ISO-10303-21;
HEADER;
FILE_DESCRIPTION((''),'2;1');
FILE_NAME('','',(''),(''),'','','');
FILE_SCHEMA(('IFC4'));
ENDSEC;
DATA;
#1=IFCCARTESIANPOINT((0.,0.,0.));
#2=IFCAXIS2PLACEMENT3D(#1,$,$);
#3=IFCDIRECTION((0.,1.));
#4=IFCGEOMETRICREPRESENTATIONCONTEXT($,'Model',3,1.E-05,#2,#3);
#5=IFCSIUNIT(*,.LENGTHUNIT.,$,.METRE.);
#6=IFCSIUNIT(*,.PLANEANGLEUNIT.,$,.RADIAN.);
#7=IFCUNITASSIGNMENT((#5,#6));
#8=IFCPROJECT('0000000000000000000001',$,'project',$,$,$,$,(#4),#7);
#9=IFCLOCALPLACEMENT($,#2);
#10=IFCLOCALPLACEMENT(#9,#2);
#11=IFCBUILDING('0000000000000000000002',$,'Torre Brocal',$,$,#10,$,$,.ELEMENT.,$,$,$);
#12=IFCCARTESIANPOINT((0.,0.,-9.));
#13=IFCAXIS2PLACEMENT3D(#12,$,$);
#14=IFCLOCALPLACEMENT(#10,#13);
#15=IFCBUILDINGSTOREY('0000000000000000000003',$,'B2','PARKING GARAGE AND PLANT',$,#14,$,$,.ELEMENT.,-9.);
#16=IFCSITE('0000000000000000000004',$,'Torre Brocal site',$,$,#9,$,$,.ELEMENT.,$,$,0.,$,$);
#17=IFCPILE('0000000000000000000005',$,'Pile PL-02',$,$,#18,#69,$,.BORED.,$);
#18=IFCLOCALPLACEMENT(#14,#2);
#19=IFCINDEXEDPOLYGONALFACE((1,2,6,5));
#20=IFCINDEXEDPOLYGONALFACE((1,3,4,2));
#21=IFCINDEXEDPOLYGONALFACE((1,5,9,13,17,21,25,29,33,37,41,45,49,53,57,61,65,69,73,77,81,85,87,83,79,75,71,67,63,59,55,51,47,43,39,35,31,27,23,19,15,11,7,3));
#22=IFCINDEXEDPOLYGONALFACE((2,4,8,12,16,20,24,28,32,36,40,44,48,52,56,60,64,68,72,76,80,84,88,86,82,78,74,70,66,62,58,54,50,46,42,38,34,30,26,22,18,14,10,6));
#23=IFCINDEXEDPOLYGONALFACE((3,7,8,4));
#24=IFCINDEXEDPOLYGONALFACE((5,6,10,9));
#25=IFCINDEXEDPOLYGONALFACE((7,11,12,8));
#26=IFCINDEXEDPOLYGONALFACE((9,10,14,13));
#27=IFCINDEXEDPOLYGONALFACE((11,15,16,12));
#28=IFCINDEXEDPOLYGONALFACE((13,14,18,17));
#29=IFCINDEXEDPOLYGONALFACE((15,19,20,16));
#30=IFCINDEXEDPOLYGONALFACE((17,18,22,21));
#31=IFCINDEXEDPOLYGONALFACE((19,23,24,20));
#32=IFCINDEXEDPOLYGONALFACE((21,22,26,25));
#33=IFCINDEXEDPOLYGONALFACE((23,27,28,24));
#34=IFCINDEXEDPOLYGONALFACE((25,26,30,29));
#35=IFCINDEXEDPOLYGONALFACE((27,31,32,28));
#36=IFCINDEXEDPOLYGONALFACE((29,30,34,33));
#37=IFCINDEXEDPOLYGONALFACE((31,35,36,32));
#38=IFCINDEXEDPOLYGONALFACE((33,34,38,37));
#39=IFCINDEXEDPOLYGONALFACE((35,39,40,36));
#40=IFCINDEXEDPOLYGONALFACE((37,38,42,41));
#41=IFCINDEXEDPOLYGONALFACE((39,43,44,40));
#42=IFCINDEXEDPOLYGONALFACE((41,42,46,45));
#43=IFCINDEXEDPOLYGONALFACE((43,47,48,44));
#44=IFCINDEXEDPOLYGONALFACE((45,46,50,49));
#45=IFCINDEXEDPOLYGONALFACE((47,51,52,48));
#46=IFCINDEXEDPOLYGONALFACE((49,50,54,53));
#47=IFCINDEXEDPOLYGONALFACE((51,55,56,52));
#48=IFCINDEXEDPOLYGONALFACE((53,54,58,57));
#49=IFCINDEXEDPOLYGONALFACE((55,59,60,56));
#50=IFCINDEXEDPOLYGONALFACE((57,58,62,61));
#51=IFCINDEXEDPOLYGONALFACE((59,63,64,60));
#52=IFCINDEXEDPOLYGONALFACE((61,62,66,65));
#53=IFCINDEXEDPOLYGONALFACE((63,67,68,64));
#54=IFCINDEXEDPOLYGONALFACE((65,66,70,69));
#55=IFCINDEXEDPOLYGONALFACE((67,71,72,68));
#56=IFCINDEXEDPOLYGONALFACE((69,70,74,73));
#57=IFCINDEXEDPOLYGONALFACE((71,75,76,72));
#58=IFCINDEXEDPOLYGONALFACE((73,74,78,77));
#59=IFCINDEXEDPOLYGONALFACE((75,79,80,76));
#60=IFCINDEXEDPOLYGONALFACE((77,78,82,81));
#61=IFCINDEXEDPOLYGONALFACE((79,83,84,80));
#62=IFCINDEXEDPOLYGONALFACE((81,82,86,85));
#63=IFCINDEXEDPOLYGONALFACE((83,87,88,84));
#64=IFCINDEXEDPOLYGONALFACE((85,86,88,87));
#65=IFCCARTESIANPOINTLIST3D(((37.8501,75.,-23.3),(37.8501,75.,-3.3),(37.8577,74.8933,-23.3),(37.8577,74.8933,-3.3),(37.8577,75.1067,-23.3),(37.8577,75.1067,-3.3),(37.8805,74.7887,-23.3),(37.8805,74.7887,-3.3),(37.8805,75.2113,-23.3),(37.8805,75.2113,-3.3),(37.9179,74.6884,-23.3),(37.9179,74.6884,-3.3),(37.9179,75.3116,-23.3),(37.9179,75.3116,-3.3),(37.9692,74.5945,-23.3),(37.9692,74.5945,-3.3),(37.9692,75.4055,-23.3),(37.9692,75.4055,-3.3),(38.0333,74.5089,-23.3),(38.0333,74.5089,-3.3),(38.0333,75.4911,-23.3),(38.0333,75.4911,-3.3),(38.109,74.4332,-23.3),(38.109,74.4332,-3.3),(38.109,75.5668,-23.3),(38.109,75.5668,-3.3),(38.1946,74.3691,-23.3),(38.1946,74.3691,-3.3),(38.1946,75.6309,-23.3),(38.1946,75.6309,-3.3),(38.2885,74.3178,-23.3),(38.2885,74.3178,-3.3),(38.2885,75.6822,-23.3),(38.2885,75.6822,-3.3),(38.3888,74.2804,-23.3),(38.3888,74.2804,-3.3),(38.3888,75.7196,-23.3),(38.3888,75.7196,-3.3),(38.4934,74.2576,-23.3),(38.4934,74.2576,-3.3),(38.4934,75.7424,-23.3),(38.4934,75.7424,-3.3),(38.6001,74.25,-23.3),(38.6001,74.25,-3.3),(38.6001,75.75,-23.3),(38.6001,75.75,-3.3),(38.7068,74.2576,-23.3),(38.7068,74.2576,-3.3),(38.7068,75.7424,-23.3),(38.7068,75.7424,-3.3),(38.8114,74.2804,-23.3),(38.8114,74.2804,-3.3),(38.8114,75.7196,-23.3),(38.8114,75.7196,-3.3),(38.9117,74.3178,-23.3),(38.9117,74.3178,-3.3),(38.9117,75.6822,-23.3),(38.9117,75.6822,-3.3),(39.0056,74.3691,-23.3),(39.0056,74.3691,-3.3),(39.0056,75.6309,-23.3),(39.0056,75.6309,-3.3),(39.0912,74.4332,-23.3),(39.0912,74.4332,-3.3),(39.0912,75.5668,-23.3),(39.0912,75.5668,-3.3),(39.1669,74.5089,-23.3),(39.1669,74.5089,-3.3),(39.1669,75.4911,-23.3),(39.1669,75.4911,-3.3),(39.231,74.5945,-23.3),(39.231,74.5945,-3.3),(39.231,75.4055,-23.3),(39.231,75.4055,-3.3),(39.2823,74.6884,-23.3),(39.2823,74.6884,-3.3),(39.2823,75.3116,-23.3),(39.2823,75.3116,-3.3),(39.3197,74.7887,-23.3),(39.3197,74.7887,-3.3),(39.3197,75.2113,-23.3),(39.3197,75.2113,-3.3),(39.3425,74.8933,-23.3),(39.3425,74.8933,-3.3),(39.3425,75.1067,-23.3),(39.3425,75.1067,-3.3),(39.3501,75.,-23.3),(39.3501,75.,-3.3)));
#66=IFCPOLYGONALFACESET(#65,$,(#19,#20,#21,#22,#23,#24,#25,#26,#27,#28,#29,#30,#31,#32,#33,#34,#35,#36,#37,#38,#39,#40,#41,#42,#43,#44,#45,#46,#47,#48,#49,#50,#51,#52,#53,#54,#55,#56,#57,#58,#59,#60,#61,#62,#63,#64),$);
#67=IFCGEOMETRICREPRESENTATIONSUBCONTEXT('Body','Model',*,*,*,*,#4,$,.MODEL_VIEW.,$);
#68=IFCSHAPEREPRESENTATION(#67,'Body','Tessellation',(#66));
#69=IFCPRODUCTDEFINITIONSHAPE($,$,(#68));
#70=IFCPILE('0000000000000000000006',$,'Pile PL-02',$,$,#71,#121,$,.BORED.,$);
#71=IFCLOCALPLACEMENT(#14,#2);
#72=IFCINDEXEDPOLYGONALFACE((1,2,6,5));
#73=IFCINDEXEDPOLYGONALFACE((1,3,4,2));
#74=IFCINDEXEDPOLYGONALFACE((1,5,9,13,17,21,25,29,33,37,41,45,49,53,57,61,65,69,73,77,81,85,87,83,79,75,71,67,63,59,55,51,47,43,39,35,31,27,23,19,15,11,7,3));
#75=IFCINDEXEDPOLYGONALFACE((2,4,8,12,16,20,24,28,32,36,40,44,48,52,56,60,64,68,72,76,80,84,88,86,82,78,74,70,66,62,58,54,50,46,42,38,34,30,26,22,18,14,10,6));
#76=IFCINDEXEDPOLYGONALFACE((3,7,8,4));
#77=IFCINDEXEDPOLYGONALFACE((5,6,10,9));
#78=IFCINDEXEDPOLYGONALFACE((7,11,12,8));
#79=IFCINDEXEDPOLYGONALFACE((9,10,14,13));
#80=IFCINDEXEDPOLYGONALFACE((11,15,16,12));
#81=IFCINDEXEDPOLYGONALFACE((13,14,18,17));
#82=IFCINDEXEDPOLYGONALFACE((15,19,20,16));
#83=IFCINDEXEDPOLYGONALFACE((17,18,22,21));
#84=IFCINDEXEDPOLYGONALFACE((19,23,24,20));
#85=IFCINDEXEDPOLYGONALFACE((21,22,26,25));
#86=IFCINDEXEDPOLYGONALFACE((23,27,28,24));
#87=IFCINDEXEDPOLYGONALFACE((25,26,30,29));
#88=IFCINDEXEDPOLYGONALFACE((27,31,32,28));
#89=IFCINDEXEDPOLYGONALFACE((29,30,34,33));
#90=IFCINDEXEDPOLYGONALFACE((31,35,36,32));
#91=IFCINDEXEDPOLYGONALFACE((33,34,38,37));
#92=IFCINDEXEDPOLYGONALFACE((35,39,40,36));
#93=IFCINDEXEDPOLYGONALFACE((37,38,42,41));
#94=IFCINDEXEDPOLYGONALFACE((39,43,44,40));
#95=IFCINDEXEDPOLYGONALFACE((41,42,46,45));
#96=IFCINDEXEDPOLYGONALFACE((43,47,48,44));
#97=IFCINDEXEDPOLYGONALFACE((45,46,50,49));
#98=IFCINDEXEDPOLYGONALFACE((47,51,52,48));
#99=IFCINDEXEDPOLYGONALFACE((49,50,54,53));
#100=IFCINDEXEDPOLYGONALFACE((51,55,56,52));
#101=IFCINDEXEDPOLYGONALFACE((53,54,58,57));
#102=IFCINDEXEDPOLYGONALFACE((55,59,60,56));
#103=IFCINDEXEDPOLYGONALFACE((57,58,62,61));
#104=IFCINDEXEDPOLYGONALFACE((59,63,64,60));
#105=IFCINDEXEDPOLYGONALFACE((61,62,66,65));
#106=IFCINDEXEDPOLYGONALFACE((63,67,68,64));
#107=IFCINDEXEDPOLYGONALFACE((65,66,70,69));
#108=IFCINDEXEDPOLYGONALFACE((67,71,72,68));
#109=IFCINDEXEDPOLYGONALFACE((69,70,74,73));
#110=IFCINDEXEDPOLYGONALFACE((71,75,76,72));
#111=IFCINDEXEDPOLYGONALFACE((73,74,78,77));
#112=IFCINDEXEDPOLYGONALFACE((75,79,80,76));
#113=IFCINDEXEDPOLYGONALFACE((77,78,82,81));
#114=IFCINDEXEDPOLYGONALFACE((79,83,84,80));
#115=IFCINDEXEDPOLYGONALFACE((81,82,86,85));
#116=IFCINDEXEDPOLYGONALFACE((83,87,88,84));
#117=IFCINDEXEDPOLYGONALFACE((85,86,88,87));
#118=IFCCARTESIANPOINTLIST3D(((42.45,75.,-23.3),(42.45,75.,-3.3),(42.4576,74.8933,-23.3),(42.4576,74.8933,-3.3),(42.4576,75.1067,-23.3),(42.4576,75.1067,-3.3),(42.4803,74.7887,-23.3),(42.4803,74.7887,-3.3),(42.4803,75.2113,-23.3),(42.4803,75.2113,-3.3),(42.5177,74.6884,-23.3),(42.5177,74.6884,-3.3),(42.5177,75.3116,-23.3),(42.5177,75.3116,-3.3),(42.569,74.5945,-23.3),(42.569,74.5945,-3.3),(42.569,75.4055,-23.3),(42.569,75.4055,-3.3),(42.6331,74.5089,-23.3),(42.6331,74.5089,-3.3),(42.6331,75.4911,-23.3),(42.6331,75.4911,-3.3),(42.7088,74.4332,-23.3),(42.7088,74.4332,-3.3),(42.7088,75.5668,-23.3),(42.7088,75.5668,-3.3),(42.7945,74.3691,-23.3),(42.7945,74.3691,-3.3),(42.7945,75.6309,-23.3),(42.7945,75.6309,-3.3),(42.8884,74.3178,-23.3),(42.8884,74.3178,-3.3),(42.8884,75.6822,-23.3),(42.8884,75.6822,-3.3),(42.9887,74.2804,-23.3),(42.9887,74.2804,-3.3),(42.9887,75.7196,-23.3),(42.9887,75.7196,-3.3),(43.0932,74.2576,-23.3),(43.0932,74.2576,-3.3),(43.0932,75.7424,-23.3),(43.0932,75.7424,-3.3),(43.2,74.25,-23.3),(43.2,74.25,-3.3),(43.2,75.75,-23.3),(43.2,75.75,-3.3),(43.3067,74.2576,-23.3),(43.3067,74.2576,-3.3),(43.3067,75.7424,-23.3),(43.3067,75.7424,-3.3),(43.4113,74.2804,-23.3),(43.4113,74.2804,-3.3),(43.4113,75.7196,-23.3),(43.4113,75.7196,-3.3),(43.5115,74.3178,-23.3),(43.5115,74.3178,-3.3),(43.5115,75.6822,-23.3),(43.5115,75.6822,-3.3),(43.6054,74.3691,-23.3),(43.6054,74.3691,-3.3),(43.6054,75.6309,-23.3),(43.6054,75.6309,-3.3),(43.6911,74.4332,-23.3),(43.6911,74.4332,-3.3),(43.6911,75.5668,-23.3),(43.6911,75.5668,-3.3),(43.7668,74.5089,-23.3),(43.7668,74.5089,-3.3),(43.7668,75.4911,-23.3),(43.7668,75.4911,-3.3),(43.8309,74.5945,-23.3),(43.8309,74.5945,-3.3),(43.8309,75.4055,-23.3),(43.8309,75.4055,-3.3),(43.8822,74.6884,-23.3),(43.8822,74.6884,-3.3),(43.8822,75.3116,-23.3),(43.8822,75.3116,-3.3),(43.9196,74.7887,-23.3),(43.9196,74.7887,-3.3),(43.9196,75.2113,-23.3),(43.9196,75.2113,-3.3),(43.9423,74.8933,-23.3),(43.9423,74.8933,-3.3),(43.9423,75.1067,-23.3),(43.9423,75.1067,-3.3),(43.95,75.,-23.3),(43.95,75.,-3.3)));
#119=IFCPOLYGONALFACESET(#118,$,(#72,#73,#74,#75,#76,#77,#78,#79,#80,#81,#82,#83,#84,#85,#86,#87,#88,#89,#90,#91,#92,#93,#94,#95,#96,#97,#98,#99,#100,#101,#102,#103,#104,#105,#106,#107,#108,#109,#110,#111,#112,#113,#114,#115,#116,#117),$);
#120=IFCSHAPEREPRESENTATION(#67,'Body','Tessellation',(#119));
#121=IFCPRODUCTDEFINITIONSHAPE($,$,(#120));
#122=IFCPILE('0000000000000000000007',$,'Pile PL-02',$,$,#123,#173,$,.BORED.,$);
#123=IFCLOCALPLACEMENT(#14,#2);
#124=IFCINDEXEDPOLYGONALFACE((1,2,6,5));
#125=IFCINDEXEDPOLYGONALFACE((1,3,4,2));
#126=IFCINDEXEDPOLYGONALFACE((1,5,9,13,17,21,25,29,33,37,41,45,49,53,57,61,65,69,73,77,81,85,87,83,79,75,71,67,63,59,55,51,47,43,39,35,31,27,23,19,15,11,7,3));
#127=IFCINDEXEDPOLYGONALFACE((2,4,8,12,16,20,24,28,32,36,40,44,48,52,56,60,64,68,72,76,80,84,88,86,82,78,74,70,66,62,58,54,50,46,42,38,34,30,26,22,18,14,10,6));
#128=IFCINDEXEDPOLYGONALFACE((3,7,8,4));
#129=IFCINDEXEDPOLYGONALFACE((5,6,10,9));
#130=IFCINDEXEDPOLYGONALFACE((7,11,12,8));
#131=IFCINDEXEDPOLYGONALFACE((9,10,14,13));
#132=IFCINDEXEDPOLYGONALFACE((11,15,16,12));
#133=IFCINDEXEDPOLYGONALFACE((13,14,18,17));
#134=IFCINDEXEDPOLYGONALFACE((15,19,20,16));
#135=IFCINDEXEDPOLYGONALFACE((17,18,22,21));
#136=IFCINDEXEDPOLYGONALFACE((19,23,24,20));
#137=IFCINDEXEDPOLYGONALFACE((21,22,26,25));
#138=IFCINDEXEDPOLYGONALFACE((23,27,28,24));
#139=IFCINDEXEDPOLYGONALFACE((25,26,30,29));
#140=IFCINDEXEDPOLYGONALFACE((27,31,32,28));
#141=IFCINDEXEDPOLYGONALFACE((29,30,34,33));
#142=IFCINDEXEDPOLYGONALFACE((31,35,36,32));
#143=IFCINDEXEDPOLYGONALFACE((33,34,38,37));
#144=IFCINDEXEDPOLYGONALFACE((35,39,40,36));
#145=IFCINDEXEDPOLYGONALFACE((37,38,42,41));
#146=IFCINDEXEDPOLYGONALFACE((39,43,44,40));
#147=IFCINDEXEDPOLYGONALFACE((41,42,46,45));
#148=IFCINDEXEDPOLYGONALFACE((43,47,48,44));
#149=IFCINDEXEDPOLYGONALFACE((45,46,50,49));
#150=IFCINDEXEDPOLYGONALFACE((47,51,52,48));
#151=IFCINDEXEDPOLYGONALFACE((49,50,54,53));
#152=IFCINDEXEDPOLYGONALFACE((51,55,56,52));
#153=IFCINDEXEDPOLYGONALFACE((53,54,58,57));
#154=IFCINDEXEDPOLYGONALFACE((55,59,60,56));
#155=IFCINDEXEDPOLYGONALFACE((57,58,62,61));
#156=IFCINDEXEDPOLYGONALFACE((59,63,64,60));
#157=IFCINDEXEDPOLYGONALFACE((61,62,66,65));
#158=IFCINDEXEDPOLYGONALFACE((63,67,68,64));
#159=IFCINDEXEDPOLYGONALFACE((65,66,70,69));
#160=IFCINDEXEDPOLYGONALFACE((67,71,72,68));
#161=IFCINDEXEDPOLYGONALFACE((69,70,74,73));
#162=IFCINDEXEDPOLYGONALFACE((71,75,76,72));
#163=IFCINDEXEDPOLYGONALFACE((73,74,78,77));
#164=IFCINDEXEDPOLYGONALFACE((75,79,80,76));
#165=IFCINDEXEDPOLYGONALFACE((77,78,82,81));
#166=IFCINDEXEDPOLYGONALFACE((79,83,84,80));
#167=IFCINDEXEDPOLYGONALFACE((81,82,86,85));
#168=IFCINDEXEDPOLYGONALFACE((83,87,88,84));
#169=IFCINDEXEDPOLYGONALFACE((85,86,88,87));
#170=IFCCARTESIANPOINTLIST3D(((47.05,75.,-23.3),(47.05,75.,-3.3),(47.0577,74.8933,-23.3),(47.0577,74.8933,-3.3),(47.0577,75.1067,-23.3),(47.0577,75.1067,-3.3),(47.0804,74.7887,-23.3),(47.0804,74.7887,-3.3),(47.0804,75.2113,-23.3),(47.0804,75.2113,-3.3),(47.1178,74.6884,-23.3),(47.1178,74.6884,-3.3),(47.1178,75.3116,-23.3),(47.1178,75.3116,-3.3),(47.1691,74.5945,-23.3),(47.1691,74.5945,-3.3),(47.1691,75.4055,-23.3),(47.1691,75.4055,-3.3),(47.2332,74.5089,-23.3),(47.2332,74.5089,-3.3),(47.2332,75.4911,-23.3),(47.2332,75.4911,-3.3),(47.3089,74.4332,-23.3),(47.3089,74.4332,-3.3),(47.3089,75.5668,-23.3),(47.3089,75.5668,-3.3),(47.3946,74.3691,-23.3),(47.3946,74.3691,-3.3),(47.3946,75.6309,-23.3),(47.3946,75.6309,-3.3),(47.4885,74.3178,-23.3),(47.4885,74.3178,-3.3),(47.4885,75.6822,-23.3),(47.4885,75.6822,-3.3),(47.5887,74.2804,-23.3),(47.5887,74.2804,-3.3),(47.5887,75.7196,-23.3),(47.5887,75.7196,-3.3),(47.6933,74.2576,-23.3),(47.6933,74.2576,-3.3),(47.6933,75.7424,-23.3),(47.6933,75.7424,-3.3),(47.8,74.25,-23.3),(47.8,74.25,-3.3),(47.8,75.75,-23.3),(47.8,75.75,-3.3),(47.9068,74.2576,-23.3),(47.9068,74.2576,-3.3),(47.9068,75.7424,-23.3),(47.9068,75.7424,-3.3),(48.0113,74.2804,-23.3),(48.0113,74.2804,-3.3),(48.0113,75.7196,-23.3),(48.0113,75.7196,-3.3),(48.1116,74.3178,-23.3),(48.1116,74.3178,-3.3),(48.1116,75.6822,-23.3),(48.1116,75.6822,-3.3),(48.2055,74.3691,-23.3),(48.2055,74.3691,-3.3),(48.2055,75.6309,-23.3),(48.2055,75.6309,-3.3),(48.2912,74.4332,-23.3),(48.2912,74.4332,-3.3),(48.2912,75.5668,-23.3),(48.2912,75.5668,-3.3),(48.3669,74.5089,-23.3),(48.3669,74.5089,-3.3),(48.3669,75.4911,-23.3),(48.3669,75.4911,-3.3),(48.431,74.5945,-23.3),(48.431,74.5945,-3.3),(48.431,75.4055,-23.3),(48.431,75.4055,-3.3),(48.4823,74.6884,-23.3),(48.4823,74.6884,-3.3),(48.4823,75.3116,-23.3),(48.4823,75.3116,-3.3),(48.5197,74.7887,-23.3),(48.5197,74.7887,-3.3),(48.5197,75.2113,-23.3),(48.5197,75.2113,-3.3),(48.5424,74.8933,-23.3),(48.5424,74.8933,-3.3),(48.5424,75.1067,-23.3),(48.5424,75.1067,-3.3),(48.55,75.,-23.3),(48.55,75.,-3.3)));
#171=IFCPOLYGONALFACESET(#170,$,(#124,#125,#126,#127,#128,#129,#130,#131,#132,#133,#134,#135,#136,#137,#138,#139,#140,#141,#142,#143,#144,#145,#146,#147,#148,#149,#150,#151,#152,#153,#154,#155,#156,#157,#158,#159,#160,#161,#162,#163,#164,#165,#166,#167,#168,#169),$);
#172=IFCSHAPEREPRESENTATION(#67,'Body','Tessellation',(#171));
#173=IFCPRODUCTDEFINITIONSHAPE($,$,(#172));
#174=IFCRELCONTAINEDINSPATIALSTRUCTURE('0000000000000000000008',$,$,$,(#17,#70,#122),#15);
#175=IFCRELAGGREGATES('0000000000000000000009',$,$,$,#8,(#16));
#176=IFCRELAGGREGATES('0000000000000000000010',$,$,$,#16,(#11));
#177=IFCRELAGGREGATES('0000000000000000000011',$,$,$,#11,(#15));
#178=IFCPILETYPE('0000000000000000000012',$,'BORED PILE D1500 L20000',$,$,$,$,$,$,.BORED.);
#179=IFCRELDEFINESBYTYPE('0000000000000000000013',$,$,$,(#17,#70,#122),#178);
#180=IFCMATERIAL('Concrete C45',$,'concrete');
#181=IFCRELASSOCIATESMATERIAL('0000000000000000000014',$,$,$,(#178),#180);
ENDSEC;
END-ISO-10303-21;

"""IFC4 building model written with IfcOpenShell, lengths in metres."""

from ifc_helpers import new_model, si_unit, direction, frame, origin, origin_2d, place, context, subcontext, project, spatial, circle, extrude, material, material_profile, profile_set, type_object, element, save


model = new_model("IFC4")

# Units and contexts
model_context = context("Model", 3, precision=1e-05, world=origin(), true_north=direction((0.0, 1.0)))
body_context = subcontext(model_context, "Body", "Model", "MODEL_VIEW")
ifc_project = project(units=[si_unit("LENGTHUNIT", "METRE"), si_unit("PLANEANGLEUNIT", "RADIAN")], contexts=[model_context])

# Site, building, storey
site_placement = place(None, origin())
site = spatial("IfcSite", under=ifc_project, at=site_placement, Name="Torre Brocal site", CompositionType="ELEMENT", RefElevation=0.0)
building_placement = place(site_placement, origin())
building = spatial("IfcBuilding", under=site, at=building_placement, Name="Torre Brocal", CompositionType="ELEMENT")
storey_placement = place(building_placement, frame((0.0, 0.0, -9.0)))
storey = spatial("IfcBuildingStorey", under=building, at=storey_placement, Name="B2", Description="PARKING GARAGE AND PLANT", CompositionType="ELEMENT", Elevation=-9.0)

# Piles
ifc_material_1 = material(Name="Concrete C45", Category="concrete")
ifc_material_profile_1 = material_profile(ifc_material_1, circle(Radius=0.75, at=origin_2d()), Name="BORED PILE D1500")
ifc_profile_set_1 = profile_set([ifc_material_profile_1], Name="Concrete C45")
pile_type_1 = type_object("IfcPileType", Name="BORED PILE D1500 L20000", PredefinedType="BORED", material=ifc_profile_set_1)
for number, where, z_axis, x_axis, name in (
    (1, (38.6001, 75.0, -3.3), (0.0, 0.0, -1.0), (1.0, 0.0, 0.0), "Pile PL-02"),
    (2, (43.2, 75.0, -3.3), (0.0, 0.0, -1.0), (1.0, 0.0, 0.0), "Pile PL-02"),
    (3, (47.8, 75.0, -3.3), (0.0, 0.0, -1.0), (1.0, 0.0, 0.0), "Pile PL-02"),
):
    element("IfcPile", number, at=place(storey_placement, frame(where, z_axis=z_axis, x_axis=x_axis)), inside=storey, type_object=pile_type_1, Name=name, PredefinedType="BORED", context=body_context, shape_type="SweptSolid", body=[
        extrude(circle(Radius=0.75, at=origin_2d()), origin(), (0.0, 0.0, 1.0), 20.0),
    ])

save(model, "model.ifc")
